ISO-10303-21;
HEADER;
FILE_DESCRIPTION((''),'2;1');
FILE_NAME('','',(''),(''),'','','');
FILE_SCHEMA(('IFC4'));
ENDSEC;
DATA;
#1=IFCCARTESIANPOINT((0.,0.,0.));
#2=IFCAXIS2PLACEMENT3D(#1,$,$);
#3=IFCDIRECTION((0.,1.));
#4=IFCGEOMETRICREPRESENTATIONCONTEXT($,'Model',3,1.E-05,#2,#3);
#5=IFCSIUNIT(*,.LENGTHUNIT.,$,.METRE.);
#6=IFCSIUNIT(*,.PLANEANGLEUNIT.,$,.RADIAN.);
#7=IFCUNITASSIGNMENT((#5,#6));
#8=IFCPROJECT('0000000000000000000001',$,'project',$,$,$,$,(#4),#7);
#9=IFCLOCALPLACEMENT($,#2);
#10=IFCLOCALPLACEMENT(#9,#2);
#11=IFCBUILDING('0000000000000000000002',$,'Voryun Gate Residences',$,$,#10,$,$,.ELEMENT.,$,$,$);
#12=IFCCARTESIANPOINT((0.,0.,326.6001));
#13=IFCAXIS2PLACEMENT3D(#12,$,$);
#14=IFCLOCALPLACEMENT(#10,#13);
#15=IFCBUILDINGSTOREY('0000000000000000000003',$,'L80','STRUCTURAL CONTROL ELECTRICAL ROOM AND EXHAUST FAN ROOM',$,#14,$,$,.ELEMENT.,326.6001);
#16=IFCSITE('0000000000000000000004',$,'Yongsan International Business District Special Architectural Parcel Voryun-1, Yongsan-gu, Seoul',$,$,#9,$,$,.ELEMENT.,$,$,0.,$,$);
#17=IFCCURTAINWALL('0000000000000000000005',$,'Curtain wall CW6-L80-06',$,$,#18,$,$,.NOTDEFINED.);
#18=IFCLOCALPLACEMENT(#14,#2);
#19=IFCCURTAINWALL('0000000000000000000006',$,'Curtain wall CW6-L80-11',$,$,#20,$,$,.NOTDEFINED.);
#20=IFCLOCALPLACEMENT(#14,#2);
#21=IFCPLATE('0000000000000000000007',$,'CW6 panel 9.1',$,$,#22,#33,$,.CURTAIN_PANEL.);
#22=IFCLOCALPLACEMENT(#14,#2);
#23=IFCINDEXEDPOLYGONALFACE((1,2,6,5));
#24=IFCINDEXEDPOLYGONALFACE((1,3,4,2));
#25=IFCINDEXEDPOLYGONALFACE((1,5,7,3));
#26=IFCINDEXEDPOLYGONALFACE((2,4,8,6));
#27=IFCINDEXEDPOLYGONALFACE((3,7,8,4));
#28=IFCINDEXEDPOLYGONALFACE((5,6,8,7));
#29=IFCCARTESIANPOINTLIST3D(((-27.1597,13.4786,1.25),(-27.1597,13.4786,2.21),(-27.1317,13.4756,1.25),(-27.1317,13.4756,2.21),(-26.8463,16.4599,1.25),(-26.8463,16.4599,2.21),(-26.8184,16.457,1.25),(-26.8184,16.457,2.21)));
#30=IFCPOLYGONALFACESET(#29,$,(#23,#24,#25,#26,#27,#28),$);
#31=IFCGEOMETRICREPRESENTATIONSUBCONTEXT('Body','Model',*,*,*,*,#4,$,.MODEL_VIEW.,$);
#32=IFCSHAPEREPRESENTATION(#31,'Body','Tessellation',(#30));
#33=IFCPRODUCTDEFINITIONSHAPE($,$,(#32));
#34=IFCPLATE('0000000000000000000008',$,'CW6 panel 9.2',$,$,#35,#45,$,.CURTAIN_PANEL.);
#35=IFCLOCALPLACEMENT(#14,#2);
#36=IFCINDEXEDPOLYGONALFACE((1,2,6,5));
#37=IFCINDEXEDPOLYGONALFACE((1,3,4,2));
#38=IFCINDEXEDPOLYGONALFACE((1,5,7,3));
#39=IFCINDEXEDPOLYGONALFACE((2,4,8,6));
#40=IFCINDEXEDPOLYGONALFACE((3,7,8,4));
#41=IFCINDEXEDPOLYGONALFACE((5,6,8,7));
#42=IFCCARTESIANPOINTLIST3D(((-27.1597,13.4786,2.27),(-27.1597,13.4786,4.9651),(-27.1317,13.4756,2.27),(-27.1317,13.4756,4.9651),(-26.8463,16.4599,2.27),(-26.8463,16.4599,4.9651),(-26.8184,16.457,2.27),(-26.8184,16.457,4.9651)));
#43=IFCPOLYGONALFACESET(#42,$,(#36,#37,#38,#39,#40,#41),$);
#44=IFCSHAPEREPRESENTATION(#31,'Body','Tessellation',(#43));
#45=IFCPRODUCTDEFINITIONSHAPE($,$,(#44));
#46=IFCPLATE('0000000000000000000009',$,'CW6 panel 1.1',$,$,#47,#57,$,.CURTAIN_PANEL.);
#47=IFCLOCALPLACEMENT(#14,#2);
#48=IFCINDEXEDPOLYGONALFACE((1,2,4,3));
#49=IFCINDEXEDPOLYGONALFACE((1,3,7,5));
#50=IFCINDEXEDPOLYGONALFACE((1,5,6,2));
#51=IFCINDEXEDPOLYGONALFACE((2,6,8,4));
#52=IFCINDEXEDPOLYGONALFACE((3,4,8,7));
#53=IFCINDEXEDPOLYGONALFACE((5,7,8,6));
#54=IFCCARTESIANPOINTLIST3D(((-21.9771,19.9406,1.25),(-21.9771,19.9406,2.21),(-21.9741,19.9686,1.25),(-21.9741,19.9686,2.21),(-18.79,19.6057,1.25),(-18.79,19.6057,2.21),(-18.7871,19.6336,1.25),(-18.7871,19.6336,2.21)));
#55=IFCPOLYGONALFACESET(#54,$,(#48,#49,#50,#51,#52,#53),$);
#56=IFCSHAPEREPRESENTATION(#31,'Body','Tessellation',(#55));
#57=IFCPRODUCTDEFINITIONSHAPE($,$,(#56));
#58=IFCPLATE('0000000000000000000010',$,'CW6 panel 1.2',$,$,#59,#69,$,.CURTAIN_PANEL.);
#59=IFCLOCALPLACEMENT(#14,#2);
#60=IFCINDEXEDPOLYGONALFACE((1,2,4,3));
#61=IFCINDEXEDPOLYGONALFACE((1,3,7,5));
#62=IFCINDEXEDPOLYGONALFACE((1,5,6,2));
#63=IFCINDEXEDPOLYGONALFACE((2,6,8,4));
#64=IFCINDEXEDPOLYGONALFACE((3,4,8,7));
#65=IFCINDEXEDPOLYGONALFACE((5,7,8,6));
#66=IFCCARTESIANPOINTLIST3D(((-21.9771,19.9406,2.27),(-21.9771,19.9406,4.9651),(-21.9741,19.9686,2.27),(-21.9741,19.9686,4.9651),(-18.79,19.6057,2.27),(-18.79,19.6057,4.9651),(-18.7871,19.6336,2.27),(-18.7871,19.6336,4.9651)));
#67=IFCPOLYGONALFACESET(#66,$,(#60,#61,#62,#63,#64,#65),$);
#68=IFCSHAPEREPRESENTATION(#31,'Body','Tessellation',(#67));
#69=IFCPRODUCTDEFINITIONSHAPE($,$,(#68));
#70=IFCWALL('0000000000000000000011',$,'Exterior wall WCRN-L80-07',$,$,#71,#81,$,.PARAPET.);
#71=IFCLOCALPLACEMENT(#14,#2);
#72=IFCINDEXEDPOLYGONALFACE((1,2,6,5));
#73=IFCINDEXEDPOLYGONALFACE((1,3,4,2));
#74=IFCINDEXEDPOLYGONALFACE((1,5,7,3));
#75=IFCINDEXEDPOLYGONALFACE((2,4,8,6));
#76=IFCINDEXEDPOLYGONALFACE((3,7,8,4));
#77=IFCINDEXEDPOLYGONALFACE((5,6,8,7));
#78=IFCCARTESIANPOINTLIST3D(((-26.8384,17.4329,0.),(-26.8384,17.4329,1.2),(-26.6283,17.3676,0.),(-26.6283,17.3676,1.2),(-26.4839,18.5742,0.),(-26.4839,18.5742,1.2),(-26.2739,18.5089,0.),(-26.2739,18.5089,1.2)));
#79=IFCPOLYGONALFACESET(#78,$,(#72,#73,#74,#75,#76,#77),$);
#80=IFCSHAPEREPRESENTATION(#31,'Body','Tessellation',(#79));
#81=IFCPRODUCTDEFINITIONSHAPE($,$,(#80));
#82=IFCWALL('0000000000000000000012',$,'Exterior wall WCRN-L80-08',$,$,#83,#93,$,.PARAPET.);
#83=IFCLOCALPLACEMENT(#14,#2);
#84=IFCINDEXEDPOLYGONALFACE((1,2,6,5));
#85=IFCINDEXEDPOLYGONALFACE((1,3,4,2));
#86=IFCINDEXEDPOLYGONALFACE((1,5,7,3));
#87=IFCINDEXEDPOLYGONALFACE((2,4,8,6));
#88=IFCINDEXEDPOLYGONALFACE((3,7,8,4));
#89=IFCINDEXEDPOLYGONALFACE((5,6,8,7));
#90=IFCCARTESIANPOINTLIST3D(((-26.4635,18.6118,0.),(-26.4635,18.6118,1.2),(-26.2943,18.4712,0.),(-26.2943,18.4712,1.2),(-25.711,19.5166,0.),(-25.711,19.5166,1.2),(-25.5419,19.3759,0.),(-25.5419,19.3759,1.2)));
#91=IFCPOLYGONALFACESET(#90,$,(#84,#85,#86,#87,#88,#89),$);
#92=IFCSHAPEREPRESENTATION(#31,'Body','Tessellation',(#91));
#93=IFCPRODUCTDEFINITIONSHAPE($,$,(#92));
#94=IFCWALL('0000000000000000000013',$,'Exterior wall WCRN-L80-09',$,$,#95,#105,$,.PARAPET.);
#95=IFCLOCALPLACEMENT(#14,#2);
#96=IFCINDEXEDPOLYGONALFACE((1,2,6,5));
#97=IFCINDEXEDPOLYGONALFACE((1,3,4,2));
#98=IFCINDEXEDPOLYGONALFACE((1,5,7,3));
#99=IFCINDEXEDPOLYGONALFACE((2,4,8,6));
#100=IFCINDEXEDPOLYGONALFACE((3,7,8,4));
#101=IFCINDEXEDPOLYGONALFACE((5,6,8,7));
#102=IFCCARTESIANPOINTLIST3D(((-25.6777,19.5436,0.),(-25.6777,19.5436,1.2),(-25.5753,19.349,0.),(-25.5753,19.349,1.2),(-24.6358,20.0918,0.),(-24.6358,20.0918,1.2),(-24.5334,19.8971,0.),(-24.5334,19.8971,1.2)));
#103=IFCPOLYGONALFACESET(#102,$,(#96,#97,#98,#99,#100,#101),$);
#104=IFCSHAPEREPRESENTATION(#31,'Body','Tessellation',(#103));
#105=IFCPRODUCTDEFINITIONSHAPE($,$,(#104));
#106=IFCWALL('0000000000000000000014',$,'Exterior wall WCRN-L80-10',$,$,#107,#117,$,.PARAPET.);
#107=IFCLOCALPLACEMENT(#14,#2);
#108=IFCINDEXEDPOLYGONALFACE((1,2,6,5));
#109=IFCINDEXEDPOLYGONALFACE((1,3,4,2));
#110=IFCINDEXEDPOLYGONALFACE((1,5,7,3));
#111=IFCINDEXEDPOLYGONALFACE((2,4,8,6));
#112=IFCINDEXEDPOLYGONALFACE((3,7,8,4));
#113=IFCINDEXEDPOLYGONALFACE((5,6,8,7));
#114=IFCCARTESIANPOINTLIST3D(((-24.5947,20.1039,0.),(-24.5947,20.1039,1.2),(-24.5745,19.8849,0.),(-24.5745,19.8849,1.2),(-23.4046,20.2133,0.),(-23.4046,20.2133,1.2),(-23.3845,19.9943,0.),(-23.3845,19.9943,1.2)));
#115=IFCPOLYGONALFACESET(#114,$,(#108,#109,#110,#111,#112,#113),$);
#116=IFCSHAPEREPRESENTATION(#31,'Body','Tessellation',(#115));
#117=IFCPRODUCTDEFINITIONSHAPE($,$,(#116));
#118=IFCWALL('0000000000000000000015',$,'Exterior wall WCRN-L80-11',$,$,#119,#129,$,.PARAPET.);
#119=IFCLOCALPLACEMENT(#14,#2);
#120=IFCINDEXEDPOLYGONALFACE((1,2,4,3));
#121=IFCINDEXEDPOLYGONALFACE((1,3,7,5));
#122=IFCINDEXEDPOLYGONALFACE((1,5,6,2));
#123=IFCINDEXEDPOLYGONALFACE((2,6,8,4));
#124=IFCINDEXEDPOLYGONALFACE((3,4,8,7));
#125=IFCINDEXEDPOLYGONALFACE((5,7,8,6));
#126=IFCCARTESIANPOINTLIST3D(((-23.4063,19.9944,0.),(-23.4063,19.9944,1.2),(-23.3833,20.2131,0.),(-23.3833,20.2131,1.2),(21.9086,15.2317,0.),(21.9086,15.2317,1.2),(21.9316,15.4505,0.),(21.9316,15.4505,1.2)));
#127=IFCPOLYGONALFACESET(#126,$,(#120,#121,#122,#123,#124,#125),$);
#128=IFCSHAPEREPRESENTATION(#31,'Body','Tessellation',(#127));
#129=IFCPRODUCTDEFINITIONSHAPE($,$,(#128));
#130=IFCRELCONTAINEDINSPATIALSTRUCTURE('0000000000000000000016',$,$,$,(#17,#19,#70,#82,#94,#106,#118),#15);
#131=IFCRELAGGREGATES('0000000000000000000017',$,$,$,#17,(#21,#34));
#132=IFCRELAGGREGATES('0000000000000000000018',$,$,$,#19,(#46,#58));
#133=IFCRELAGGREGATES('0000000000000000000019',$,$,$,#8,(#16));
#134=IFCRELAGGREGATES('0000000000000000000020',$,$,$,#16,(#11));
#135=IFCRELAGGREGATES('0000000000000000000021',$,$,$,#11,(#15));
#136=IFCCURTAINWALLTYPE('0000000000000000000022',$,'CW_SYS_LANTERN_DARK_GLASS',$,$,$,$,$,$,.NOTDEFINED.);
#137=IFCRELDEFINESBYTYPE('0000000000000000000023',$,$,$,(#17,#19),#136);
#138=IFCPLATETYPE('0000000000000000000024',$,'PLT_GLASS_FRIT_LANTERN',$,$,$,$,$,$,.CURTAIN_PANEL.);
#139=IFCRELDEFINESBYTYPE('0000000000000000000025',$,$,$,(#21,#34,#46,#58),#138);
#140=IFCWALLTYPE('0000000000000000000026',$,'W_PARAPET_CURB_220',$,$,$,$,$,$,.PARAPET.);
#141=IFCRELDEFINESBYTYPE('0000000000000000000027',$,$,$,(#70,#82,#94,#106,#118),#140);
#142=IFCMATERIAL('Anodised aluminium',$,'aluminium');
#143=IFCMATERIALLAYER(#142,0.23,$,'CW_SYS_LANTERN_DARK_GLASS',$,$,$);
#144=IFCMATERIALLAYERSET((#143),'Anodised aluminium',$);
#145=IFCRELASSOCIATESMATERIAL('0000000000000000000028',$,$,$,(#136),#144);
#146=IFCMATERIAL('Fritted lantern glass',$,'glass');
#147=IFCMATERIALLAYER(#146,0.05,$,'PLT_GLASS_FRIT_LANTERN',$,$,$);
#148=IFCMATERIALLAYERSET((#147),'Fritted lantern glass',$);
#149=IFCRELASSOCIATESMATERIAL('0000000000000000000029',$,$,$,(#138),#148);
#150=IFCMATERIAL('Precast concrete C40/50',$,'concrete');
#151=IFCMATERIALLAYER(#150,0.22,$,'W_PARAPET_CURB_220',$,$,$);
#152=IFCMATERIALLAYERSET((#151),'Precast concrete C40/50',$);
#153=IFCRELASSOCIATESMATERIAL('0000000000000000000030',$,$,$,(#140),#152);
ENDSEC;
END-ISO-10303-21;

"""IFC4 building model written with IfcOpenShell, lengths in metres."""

from ifc_helpers import new_model, si_unit, direction, frame, frame_2d, origin, origin_2d, place, context, subcontext, project, spatial, rectangle, extrude, material, layer, layer_set, type_object, element, aggregate, save


model = new_model("IFC4")

# Units and contexts
model_context = context("Model", 3, precision=1e-05, world=origin(), true_north=direction((0.0, 1.0)))
body_context = subcontext(model_context, "Body", "Model", "MODEL_VIEW")
ifc_project = project(units=[si_unit("LENGTHUNIT", "METRE"), si_unit("PLANEANGLEUNIT", "RADIAN")], contexts=[model_context])

# Site, building, storey
site_placement = place(None, origin())
site = spatial("IfcSite", under=ifc_project, at=site_placement, Name="Yongsan International Business District Special Architectural Parcel Voryun-1, Yongsan-gu, Seoul", CompositionType="ELEMENT", RefElevation=0.0)
building_placement = place(site_placement, origin())
building = spatial("IfcBuilding", under=site, at=building_placement, Name="Voryun Gate Residences", CompositionType="ELEMENT")
storey_placement = place(building_placement, frame((0.0, 0.0, 326.6001)))
storey = spatial("IfcBuildingStorey", under=building, at=storey_placement, Name="L80", Description="STRUCTURAL CONTROL ELECTRICAL ROOM AND EXHAUST FAN ROOM", CompositionType="ELEMENT", Elevation=326.6001)

# Curtain wall
ifc_material_1 = material(Name="Anodised aluminium", Category="aluminium")
ifc_layer_1 = layer(ifc_material_1, 0.23, Name="CW_SYS_LANTERN_DARK_GLASS")
ifc_layer_set_1 = layer_set([ifc_layer_1], Name="Anodised aluminium")
curtain_wall_type = type_object("IfcCurtainWallType", Name="CW_SYS_LANTERN_DARK_GLASS", PredefinedType="NOTDEFINED", material=ifc_layer_set_1)
curtain_wall_1_placement = place(storey_placement, origin())
curtain_wall_1 = element("IfcCurtainWall", 1, at=curtain_wall_1_placement, inside=storey, type_object=curtain_wall_type, Name="Curtain wall CW6-L80-06", PredefinedType="NOTDEFINED")

# Curtain wall
curtain_wall_2_placement = place(storey_placement, origin())
curtain_wall_2 = element("IfcCurtainWall", 2, at=curtain_wall_2_placement, inside=storey, type_object=curtain_wall_type, Name="Curtain wall CW6-L80-11", PredefinedType="NOTDEFINED")

# Plates
ifc_material_2 = material(Name="Fritted lantern glass", Category="glass")
ifc_layer_2 = layer(ifc_material_2, 0.05, Name="PLT_GLASS_FRIT_LANTERN")
ifc_layer_set_2 = layer_set([ifc_layer_2], Name="Fritted lantern glass")
plate_type_1 = type_object("IfcPlateType", Name="PLT_GLASS_FRIT_LANTERN", PredefinedType="CURTAIN_PANEL", material=ifc_layer_set_2)
plate_1_placement = place(storey_placement, frame((-26.989, 14.9678, 1.25), z_axis=(0.0, 0.0, 1.0), x_axis=(0.104528, 0.994522, 0.0)))
plate_1 = element("IfcPlate", 3, at=plate_1_placement, type_object=plate_type_1, Name="CW6 panel 9.1", PredefinedType="CURTAIN_PANEL", context=body_context, shape_type="SweptSolid", body=[
    extrude(rectangle(XDim=2.9978, YDim=0.0281, at=origin_2d()), origin(), (0.0, 0.0, 1.0), 0.96),
])
plate_2_placement = place(storey_placement, frame((-26.989, 14.9678, 2.27), z_axis=(0.0, 0.0, 1.0), x_axis=(0.104528, 0.994522, 0.0)))
plate_2 = element("IfcPlate", 4, at=plate_2_placement, type_object=plate_type_1, Name="CW6 panel 9.2", PredefinedType="CURTAIN_PANEL", context=body_context, shape_type="SweptSolid", body=[
    extrude(rectangle(XDim=2.9978, YDim=0.0281, at=origin_2d()), origin(), (0.0, 0.0, 1.0), 2.6951),
])
aggregate(curtain_wall_1, [plate_1, plate_2])
plate_3_placement = place(storey_placement, frame((-20.3821, 19.7871, 1.25), z_axis=(0.0, 0.0, 1.0), x_axis=(0.994522, -0.104528, 0.0)))
plate_3 = element("IfcPlate", 5, at=plate_3_placement, type_object=plate_type_1, Name="CW6 panel 1.1", PredefinedType="CURTAIN_PANEL", context=body_context, shape_type="SweptSolid", body=[
    extrude(rectangle(XDim=3.2046, YDim=0.0281, at=origin_2d()), origin(), (0.0, 0.0, 1.0), 0.96),
])
plate_4_placement = place(storey_placement, frame((-20.3821, 19.7871, 2.27), z_axis=(0.0, 0.0, 1.0), x_axis=(0.994522, -0.104528, 0.0)))
plate_4 = element("IfcPlate", 6, at=plate_4_placement, type_object=plate_type_1, Name="CW6 panel 1.2", PredefinedType="CURTAIN_PANEL", context=body_context, shape_type="SweptSolid", body=[
    extrude(rectangle(XDim=3.2046, YDim=0.0281, at=origin_2d()), origin(), (0.0, 0.0, 1.0), 2.6951),
])
aggregate(curtain_wall_2, [plate_3, plate_4])

# Walls
ifc_material_3 = material(Name="Precast concrete C40/50", Category="concrete")
ifc_layer_3 = layer(ifc_material_3, 0.22, Name="W_PARAPET_CURB_220")
ifc_layer_set_3 = layer_set([ifc_layer_3], Name="Precast concrete C40/50")
wall_type = type_object("IfcWallType", Name="W_PARAPET_CURB_220", PredefinedType="PARAPET", material=ifc_layer_set_3)
wall_1_placement = place(storey_placement, frame((-26.7334, 17.4001, 0.0), z_axis=(0.0, 0.0, 1.0), x_axis=(0.296611, 0.954998, 0.0)))
element("IfcWall", 7, at=wall_1_placement, inside=storey, type_object=wall_type, Name="Exterior wall WCRN-L80-07", PredefinedType="PARAPET", context=body_context, shape_type="SweptSolid", body=[
    extrude(rectangle(XDim=1.1951, YDim=0.22, at=frame_2d((0.5977, 0.0))), origin(), (0.0, 0.0, 1.0), 1.2),
])
wall_2_placement = place(storey_placement, frame((-26.3789, 18.5415, 0.0), z_axis=(0.0, 0.0, 1.0), x_axis=(0.639409, 0.768867, 0.0)))
element("IfcWall", 8, at=wall_2_placement, inside=storey, type_object=wall_type, Name="Exterior wall WCRN-L80-08", PredefinedType="PARAPET", context=body_context, shape_type="SweptSolid", body=[
    extrude(rectangle(XDim=1.1768, YDim=0.22, at=frame_2d((0.5884, 0.0))), origin(), (0.0, 0.0, 1.0), 1.2),
])
wall_3_placement = place(storey_placement, frame((-25.6265, 19.4463, 0.0), z_axis=(0.0, 0.0, 1.0), x_axis=(0.884986, 0.465618, 0.0)))
element("IfcWall", 9, at=wall_3_placement, inside=storey, type_object=wall_type, Name="Exterior wall WCRN-L80-09", PredefinedType="PARAPET", context=body_context, shape_type="SweptSolid", body=[
    extrude(rectangle(XDim=1.1772, YDim=0.22, at=frame_2d((0.5886, 0.0))), origin(), (0.0, 0.0, 1.0), 1.2),
])
wall_4_placement = place(storey_placement, frame((-24.5847, 19.9944, 0.0), z_axis=(0.0, 0.0, 1.0), x_axis=(0.995802, 0.09153, 0.0)))
element("IfcWall", 10, at=wall_4_placement, inside=storey, type_object=wall_type, Name="Exterior wall WCRN-L80-10", PredefinedType="PARAPET", context=body_context, shape_type="SweptSolid", body=[
    extrude(rectangle(XDim=1.1951, YDim=0.22, at=frame_2d((0.5977, 0.0))), origin(), (0.0, 0.0, 1.0), 1.2),
])
wall_5_placement = place(storey_placement, frame((-23.3948, 20.1038, 0.0), z_axis=(0.0, 0.0, 1.0), x_axis=(0.994522, -0.104526, 0.0)))
element("IfcWall", 11, at=wall_5_placement, inside=storey, type_object=wall_type, Name="Exterior wall WCRN-L80-11", PredefinedType="PARAPET", context=body_context, shape_type="SweptSolid", body=[
    extrude(rectangle(XDim=45.5645, YDim=0.22, at=frame_2d((22.7822, 0.0))), origin(), (0.0, 0.0, 1.0), 1.2),
])

save(model, "model.ifc")
